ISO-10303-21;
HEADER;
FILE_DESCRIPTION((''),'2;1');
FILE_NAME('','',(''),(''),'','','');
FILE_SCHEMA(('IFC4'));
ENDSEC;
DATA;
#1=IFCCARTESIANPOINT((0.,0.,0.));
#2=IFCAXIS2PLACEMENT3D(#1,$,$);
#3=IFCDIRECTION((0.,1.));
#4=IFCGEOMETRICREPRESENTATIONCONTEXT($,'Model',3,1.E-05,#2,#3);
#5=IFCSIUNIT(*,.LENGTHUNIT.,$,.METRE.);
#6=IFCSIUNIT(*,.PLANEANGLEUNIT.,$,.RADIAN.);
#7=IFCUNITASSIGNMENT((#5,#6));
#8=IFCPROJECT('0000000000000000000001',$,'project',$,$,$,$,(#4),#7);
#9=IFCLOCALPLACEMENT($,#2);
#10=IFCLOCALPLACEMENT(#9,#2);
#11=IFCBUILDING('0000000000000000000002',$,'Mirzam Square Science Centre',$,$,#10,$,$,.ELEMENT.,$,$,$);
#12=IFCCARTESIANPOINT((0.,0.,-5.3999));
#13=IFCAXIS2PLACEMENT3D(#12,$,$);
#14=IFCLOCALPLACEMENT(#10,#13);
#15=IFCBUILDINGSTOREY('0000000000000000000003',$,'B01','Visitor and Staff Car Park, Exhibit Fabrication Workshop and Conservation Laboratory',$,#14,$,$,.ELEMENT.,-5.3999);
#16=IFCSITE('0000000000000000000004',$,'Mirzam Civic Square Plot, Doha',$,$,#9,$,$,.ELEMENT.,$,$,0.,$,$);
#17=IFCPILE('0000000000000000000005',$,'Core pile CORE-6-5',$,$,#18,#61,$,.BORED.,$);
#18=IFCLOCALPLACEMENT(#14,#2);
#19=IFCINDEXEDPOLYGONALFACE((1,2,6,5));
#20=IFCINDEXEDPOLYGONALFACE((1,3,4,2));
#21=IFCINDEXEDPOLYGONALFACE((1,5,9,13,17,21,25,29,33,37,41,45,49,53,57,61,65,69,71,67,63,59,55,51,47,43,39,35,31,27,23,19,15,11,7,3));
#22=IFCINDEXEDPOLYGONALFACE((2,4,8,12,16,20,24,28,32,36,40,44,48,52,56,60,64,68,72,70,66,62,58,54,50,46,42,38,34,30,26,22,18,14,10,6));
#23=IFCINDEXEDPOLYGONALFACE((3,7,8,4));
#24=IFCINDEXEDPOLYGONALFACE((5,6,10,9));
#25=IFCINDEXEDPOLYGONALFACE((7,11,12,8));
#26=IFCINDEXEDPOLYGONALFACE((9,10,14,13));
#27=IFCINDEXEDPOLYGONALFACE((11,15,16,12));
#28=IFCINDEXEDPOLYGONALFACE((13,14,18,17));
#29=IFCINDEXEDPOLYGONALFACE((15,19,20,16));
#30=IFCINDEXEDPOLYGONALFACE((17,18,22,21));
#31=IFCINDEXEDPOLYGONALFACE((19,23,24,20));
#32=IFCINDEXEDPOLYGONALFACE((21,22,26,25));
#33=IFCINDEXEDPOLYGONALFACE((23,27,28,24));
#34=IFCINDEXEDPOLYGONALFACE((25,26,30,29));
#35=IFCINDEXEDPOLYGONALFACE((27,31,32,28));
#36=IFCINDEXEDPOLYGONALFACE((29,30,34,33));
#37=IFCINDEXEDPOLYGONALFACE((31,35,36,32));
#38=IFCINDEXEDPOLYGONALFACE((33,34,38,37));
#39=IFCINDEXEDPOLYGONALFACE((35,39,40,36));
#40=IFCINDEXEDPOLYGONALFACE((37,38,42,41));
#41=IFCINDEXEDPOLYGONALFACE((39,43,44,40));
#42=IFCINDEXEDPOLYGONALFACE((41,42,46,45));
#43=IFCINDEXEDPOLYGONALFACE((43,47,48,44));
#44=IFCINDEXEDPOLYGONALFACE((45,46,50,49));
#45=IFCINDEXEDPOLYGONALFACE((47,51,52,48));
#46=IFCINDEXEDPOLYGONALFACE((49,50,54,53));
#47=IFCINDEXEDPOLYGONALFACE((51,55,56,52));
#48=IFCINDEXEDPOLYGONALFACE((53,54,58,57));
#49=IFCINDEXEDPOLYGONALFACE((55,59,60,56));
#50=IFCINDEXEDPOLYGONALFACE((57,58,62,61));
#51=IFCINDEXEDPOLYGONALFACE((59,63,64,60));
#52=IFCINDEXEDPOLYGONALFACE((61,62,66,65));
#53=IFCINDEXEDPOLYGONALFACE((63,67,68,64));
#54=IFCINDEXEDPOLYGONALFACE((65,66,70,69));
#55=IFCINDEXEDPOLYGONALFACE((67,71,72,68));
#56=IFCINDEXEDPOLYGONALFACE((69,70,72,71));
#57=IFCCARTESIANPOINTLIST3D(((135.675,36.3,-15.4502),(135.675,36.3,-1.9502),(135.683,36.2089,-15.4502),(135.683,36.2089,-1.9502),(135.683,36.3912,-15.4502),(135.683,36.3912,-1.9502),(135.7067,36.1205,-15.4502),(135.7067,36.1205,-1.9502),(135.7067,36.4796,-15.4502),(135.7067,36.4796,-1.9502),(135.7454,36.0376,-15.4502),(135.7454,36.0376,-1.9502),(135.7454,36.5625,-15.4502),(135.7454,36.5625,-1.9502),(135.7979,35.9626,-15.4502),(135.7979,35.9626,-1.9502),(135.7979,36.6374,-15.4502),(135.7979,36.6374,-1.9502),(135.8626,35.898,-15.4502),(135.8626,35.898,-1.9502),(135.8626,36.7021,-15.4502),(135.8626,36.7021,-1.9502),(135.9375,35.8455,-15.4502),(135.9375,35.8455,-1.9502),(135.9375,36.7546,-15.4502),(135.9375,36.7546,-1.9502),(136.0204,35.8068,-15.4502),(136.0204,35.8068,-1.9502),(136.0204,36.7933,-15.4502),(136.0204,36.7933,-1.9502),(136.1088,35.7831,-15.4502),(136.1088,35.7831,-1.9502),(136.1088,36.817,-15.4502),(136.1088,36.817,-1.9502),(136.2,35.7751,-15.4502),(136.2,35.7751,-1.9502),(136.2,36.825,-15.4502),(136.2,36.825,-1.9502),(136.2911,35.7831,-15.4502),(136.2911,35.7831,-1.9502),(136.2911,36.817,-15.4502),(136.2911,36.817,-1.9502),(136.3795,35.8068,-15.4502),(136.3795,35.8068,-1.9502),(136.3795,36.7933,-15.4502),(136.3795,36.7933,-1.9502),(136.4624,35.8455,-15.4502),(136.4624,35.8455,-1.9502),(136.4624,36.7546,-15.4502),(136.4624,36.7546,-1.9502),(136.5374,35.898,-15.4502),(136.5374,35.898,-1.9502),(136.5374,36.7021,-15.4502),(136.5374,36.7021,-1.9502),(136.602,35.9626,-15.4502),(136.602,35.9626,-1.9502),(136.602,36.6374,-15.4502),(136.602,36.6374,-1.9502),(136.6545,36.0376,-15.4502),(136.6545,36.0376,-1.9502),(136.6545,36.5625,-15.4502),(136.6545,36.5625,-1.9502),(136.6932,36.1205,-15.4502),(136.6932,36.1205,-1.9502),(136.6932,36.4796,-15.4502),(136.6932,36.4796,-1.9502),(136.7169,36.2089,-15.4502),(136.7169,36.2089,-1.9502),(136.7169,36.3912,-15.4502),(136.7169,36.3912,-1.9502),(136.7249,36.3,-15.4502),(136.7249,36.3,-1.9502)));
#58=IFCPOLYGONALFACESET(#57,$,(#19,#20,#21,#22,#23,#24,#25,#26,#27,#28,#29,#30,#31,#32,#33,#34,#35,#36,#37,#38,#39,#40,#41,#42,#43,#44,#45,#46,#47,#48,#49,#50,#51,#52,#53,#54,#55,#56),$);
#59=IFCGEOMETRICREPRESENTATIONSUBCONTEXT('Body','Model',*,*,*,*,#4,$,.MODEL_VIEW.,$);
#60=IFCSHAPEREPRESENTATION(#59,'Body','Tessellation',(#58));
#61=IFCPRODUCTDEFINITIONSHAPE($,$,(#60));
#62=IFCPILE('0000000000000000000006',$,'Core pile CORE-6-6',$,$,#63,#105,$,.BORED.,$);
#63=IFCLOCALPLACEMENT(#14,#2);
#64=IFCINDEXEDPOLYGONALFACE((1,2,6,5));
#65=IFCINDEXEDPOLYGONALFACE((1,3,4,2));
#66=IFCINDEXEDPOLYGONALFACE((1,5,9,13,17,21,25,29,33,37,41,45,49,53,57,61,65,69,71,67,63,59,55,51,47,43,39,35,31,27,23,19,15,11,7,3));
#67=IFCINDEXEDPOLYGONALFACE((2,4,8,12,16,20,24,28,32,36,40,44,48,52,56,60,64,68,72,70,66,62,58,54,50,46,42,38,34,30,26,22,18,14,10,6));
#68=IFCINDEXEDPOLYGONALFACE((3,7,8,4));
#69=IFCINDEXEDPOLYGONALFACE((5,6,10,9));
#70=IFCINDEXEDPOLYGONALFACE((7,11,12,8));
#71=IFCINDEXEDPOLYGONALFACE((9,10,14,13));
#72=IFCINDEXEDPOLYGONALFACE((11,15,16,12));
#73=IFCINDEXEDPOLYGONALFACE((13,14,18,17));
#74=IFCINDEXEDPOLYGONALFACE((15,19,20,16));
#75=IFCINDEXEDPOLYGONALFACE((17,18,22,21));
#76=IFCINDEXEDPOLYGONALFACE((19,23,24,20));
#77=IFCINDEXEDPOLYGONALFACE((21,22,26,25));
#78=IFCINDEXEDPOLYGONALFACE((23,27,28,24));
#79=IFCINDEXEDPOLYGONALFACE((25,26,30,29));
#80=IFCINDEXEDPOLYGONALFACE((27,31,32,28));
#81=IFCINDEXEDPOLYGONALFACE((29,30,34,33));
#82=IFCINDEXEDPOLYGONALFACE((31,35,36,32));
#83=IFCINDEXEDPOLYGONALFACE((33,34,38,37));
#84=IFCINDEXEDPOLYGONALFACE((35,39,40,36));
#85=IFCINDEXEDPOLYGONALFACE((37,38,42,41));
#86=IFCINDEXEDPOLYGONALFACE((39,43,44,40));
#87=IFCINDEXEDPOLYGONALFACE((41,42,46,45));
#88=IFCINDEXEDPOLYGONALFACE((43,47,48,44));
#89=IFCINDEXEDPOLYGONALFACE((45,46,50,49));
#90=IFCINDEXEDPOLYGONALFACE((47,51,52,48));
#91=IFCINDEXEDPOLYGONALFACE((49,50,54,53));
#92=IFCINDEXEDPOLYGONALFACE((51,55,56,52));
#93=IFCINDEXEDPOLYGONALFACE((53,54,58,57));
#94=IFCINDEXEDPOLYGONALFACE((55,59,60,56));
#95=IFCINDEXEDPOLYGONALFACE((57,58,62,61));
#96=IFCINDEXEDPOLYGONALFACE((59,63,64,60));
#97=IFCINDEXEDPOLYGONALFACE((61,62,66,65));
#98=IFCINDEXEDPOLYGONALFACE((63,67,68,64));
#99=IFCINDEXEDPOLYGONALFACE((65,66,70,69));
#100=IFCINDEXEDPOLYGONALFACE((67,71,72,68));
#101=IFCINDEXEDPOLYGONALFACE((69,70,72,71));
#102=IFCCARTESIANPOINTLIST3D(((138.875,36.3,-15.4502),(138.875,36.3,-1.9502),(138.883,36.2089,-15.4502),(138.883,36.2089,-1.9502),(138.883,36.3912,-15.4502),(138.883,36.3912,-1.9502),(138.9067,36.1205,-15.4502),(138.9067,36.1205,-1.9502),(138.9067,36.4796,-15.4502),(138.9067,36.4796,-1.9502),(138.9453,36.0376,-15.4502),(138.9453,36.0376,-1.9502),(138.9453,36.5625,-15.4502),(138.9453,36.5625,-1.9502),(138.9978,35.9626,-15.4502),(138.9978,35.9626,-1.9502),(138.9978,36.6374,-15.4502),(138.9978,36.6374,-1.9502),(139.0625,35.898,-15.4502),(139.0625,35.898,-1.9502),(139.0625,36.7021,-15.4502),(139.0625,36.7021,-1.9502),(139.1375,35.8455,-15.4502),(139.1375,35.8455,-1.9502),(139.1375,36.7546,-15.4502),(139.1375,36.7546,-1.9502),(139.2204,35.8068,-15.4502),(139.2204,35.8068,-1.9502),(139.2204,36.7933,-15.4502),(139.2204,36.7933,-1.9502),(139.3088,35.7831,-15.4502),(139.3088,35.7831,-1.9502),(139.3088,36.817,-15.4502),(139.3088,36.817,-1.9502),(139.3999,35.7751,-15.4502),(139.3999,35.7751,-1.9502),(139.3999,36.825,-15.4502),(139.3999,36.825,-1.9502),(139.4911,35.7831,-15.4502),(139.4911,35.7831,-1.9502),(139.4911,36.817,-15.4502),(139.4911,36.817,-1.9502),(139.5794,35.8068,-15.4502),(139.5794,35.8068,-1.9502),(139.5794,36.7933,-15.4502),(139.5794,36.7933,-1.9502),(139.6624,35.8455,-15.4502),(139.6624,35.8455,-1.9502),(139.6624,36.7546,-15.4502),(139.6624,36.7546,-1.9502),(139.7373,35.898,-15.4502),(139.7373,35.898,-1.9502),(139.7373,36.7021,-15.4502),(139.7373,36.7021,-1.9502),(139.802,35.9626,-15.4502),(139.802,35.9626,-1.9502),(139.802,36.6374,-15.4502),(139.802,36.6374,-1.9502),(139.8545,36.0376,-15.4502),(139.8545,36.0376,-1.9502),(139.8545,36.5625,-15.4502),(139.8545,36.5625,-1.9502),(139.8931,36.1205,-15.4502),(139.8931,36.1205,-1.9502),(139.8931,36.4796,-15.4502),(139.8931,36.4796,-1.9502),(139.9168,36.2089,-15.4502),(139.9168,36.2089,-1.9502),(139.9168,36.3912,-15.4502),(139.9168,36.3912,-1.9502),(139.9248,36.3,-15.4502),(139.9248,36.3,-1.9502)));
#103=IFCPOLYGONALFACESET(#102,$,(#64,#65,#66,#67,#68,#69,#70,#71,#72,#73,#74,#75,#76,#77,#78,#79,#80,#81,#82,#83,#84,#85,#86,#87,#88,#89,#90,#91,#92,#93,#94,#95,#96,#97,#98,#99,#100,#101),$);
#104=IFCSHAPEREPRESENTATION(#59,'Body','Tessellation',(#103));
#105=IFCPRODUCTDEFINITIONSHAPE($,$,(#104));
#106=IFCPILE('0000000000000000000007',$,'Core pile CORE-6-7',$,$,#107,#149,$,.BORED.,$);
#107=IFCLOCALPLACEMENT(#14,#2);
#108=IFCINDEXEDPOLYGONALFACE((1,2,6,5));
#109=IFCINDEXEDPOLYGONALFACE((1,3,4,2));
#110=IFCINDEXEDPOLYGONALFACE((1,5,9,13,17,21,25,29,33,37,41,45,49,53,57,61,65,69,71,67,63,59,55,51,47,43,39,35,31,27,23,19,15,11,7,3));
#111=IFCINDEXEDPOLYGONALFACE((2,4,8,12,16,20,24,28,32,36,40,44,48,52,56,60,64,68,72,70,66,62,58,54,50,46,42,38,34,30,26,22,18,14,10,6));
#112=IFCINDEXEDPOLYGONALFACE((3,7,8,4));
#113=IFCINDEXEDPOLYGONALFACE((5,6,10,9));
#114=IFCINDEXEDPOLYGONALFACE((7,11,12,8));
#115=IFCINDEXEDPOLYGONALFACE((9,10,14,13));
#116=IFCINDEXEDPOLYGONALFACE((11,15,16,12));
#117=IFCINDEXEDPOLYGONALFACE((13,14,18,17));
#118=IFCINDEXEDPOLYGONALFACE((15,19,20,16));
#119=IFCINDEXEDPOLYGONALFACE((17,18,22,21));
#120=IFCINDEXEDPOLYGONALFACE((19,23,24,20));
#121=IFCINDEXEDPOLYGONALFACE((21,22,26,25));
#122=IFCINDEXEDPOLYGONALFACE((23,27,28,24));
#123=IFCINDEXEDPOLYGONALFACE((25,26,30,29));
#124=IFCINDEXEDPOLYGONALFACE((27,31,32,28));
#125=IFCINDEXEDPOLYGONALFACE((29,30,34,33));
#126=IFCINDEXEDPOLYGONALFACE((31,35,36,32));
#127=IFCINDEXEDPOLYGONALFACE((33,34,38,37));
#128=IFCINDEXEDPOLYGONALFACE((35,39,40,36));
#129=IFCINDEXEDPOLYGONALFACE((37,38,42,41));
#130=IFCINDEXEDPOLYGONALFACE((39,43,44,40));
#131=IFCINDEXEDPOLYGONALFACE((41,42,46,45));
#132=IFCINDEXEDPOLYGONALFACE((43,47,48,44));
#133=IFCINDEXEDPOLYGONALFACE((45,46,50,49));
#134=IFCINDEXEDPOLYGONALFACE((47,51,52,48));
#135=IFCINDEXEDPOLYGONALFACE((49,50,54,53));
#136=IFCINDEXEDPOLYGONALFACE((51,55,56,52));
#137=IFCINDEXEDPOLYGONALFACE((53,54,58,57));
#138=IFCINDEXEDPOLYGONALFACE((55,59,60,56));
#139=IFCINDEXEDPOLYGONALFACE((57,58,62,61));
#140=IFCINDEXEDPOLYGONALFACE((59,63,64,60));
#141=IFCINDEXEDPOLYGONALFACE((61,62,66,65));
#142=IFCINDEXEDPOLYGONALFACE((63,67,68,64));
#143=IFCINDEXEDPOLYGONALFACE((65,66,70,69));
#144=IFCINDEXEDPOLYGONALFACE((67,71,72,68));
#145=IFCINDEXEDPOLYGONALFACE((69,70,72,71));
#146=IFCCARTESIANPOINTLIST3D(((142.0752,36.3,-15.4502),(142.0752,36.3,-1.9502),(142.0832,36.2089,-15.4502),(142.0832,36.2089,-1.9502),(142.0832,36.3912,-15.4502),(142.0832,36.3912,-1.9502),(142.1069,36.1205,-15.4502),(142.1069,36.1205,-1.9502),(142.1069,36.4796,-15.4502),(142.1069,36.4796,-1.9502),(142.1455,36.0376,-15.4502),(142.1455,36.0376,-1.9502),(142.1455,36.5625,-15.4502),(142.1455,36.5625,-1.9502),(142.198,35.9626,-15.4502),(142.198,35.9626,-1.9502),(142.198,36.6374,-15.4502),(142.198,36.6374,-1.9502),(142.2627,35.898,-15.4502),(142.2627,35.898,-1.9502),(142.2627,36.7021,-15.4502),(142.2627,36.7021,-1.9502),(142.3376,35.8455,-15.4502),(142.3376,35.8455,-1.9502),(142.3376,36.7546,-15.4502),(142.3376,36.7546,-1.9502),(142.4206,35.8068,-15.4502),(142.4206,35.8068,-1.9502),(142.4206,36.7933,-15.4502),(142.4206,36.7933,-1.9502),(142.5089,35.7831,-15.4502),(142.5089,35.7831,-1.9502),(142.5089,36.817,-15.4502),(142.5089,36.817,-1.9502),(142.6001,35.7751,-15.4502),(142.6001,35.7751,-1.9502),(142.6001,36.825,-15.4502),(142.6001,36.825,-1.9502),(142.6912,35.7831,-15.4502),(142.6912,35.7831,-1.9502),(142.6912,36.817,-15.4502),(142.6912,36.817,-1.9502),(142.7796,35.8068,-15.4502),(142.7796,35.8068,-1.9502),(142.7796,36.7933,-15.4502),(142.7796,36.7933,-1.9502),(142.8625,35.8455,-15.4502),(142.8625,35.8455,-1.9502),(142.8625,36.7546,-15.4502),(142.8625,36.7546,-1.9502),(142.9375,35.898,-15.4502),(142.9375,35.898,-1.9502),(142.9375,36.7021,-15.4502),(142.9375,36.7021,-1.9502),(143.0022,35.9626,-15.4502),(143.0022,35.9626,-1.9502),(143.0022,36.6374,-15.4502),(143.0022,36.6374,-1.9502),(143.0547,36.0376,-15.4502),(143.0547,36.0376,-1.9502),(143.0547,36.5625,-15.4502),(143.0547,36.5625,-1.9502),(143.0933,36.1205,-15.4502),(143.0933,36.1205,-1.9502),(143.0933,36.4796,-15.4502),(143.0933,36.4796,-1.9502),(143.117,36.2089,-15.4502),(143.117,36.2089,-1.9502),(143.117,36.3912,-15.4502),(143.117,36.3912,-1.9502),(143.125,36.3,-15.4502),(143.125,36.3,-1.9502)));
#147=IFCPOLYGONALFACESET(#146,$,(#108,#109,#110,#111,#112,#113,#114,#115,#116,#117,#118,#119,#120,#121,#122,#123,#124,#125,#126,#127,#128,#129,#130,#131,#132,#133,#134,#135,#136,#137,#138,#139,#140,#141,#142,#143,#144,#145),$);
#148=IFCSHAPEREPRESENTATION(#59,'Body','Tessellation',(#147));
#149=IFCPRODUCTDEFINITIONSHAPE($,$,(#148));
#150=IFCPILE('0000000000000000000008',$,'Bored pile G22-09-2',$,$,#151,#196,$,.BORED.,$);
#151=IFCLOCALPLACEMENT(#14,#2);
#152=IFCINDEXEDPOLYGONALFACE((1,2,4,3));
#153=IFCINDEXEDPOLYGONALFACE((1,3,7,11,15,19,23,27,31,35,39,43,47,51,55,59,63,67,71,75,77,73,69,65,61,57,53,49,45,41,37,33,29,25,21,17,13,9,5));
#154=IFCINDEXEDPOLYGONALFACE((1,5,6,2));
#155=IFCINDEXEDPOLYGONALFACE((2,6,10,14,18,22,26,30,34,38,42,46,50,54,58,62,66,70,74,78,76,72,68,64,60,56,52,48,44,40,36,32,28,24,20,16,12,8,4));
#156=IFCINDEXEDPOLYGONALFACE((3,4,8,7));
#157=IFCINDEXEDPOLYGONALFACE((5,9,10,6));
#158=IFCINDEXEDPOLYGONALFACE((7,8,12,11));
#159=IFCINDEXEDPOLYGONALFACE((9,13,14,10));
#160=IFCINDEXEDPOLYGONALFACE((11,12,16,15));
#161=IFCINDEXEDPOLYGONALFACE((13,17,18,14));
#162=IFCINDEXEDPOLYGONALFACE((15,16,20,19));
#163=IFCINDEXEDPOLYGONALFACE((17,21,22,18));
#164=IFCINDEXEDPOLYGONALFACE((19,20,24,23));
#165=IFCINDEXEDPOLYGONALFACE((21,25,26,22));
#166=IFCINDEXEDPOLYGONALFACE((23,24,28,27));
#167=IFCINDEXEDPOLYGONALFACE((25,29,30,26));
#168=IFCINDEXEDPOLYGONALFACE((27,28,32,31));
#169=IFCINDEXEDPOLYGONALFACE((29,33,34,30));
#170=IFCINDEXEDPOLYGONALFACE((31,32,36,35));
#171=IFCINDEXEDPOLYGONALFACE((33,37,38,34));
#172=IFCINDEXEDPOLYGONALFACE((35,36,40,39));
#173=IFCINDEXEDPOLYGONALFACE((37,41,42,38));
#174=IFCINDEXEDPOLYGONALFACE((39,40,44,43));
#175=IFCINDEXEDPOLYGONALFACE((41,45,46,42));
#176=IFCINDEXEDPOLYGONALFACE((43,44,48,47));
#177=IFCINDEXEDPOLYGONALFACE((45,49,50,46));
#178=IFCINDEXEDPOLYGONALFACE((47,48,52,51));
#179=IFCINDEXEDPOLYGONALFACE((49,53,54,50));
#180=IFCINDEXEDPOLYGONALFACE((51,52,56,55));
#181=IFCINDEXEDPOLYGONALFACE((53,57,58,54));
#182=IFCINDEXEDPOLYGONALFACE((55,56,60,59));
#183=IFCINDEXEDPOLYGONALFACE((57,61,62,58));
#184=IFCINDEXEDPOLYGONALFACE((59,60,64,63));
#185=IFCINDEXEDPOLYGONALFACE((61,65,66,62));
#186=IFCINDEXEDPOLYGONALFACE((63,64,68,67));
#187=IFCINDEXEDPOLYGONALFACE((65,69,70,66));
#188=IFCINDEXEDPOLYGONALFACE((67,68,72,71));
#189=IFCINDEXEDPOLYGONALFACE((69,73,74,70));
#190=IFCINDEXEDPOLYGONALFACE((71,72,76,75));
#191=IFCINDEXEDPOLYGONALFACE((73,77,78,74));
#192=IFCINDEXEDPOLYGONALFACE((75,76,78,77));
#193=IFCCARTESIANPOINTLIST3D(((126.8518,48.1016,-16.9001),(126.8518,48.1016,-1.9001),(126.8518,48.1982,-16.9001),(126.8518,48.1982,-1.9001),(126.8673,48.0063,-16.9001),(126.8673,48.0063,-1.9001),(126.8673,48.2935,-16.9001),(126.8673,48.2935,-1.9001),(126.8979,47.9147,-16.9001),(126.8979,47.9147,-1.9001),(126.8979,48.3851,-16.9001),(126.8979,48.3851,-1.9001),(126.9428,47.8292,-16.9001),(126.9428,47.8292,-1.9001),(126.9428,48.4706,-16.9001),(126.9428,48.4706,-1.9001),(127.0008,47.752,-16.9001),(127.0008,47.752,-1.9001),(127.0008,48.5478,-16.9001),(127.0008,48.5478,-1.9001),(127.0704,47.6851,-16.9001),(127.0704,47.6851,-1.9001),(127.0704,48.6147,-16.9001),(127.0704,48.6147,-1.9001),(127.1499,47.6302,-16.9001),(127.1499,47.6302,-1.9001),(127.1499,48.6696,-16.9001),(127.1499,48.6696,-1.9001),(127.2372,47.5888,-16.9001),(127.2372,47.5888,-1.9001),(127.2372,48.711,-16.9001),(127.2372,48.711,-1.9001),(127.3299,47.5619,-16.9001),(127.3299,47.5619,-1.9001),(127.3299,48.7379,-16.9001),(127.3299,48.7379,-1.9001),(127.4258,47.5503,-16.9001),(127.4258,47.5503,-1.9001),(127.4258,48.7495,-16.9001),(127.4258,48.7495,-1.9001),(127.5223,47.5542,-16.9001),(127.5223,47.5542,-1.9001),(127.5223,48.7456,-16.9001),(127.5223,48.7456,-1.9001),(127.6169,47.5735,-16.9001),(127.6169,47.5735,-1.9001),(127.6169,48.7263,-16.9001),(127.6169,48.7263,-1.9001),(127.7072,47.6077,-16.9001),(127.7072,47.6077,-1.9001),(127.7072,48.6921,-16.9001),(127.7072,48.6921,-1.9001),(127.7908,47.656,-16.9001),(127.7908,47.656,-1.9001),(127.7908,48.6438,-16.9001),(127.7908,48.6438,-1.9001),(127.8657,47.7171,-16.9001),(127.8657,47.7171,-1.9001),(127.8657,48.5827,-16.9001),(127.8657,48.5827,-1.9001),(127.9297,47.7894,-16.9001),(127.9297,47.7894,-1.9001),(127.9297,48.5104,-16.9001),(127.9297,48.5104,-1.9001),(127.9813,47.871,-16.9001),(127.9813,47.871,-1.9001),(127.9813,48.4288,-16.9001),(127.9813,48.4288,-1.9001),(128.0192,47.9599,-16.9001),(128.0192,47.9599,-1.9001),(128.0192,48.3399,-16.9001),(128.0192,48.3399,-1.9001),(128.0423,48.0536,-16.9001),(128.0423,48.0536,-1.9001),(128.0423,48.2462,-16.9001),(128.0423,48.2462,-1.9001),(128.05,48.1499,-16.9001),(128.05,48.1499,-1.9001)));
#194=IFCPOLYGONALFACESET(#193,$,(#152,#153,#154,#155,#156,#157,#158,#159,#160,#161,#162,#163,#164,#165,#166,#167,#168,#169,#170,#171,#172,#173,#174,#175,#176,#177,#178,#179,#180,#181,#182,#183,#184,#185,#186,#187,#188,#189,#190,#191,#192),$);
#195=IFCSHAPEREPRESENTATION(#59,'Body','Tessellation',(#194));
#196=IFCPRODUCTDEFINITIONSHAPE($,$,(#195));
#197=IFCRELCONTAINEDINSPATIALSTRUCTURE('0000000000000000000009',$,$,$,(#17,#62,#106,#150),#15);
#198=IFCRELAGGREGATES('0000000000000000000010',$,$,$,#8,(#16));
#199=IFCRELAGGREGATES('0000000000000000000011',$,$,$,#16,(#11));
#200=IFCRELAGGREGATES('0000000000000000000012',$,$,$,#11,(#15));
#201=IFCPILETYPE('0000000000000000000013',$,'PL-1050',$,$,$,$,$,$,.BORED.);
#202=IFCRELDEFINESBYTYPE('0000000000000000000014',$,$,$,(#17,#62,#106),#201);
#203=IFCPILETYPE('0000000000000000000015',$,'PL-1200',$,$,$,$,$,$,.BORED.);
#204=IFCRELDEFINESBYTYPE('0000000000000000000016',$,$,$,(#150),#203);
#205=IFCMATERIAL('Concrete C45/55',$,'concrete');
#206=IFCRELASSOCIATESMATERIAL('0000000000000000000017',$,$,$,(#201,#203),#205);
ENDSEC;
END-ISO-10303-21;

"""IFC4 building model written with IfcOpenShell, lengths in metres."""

from ifc_helpers import new_model, si_unit, direction, frame, origin, origin_2d, place, context, subcontext, project, spatial, circle, extrude, material, material_profile, profile_set, type_object, element, save


model = new_model("IFC4")

# Units and contexts
model_context = context("Model", 3, precision=1e-05, world=origin(), true_north=direction((0.0, 1.0)))
body_context = subcontext(model_context, "Body", "Model", "MODEL_VIEW")
ifc_project = project(units=[si_unit("LENGTHUNIT", "METRE"), si_unit("PLANEANGLEUNIT", "RADIAN")], contexts=[model_context])

# Site, building, storey
site_placement = place(None, origin())
site = spatial("IfcSite", under=ifc_project, at=site_placement, Name="Mirzam Civic Square Plot, Doha", CompositionType="ELEMENT", RefElevation=0.0)
building_placement = place(site_placement, origin())
building = spatial("IfcBuilding", under=site, at=building_placement, Name="Mirzam Square Science Centre", CompositionType="ELEMENT")
storey_placement = place(building_placement, frame((0.0, 0.0, -5.3999)))
storey = spatial("IfcBuildingStorey", under=building, at=storey_placement, Name="B01", Description="Visitor and Staff Car Park, Exhibit Fabrication Workshop and Conservation Laboratory", CompositionType="ELEMENT", Elevation=-5.3999)

# Shared definitions
ifc_material_1 = material(Name="Concrete C45/55", Category="concrete")

# Piles
ifc_material_profile_1 = material_profile(ifc_material_1, circle(Radius=0.5249, at=origin_2d()), Name="PILE-D1050")
ifc_profile_set_1 = profile_set([ifc_material_profile_1], Name="Concrete C45/55")
pile_type_1 = type_object("IfcPileType", Name="PL-1050", PredefinedType="BORED", material=ifc_profile_set_1)
for number, where, z_axis, x_axis, name in (
    (1, (136.2, 36.3, -1.9502), (0.0, 0.0, -1.0), (1.0, 0.0, 0.0), "Core pile CORE-6-5"),
    (2, (139.3999, 36.3, -1.9502), (0.0, 0.0, -1.0), (1.0, 0.0, 0.0), "Core pile CORE-6-6"),
    (3, (142.6001, 36.3, -1.9502), (0.0, 0.0, -1.0), (1.0, 0.0, 0.0), "Core pile CORE-6-7"),
):
    element("IfcPile", number, at=place(storey_placement, frame(where, z_axis=z_axis, x_axis=x_axis)), inside=storey, type_object=pile_type_1, Name=name, PredefinedType="BORED", context=body_context, shape_type="SweptSolid", body=[
        extrude(circle(Radius=0.5249, at=origin_2d()), origin(), (0.0, 0.0, 1.0), 13.5),
    ])
ifc_material_profile_2 = material_profile(ifc_material_1, circle(Radius=0.6001, at=origin_2d()), Name="PILE-D1200")
ifc_profile_set_2 = profile_set([ifc_material_profile_2], Name="Concrete C45/55")
pile_type_2 = type_object("IfcPileType", Name="PL-1200", PredefinedType="BORED", material=ifc_profile_set_2)
pile_placement = place(storey_placement, frame((127.45, 48.1499, -1.9001), z_axis=(0.0, 0.0, -1.0), x_axis=(1.0, 0.0, 0.0)))
element("IfcPile", 4, at=pile_placement, inside=storey, type_object=pile_type_2, Name="Bored pile G22-09-2", PredefinedType="BORED", context=body_context, shape_type="SweptSolid", body=[
    extrude(circle(Radius=0.6001, at=origin_2d()), origin(), (0.0, 0.0, 1.0), 15.0),
])

save(model, "model.ifc")
